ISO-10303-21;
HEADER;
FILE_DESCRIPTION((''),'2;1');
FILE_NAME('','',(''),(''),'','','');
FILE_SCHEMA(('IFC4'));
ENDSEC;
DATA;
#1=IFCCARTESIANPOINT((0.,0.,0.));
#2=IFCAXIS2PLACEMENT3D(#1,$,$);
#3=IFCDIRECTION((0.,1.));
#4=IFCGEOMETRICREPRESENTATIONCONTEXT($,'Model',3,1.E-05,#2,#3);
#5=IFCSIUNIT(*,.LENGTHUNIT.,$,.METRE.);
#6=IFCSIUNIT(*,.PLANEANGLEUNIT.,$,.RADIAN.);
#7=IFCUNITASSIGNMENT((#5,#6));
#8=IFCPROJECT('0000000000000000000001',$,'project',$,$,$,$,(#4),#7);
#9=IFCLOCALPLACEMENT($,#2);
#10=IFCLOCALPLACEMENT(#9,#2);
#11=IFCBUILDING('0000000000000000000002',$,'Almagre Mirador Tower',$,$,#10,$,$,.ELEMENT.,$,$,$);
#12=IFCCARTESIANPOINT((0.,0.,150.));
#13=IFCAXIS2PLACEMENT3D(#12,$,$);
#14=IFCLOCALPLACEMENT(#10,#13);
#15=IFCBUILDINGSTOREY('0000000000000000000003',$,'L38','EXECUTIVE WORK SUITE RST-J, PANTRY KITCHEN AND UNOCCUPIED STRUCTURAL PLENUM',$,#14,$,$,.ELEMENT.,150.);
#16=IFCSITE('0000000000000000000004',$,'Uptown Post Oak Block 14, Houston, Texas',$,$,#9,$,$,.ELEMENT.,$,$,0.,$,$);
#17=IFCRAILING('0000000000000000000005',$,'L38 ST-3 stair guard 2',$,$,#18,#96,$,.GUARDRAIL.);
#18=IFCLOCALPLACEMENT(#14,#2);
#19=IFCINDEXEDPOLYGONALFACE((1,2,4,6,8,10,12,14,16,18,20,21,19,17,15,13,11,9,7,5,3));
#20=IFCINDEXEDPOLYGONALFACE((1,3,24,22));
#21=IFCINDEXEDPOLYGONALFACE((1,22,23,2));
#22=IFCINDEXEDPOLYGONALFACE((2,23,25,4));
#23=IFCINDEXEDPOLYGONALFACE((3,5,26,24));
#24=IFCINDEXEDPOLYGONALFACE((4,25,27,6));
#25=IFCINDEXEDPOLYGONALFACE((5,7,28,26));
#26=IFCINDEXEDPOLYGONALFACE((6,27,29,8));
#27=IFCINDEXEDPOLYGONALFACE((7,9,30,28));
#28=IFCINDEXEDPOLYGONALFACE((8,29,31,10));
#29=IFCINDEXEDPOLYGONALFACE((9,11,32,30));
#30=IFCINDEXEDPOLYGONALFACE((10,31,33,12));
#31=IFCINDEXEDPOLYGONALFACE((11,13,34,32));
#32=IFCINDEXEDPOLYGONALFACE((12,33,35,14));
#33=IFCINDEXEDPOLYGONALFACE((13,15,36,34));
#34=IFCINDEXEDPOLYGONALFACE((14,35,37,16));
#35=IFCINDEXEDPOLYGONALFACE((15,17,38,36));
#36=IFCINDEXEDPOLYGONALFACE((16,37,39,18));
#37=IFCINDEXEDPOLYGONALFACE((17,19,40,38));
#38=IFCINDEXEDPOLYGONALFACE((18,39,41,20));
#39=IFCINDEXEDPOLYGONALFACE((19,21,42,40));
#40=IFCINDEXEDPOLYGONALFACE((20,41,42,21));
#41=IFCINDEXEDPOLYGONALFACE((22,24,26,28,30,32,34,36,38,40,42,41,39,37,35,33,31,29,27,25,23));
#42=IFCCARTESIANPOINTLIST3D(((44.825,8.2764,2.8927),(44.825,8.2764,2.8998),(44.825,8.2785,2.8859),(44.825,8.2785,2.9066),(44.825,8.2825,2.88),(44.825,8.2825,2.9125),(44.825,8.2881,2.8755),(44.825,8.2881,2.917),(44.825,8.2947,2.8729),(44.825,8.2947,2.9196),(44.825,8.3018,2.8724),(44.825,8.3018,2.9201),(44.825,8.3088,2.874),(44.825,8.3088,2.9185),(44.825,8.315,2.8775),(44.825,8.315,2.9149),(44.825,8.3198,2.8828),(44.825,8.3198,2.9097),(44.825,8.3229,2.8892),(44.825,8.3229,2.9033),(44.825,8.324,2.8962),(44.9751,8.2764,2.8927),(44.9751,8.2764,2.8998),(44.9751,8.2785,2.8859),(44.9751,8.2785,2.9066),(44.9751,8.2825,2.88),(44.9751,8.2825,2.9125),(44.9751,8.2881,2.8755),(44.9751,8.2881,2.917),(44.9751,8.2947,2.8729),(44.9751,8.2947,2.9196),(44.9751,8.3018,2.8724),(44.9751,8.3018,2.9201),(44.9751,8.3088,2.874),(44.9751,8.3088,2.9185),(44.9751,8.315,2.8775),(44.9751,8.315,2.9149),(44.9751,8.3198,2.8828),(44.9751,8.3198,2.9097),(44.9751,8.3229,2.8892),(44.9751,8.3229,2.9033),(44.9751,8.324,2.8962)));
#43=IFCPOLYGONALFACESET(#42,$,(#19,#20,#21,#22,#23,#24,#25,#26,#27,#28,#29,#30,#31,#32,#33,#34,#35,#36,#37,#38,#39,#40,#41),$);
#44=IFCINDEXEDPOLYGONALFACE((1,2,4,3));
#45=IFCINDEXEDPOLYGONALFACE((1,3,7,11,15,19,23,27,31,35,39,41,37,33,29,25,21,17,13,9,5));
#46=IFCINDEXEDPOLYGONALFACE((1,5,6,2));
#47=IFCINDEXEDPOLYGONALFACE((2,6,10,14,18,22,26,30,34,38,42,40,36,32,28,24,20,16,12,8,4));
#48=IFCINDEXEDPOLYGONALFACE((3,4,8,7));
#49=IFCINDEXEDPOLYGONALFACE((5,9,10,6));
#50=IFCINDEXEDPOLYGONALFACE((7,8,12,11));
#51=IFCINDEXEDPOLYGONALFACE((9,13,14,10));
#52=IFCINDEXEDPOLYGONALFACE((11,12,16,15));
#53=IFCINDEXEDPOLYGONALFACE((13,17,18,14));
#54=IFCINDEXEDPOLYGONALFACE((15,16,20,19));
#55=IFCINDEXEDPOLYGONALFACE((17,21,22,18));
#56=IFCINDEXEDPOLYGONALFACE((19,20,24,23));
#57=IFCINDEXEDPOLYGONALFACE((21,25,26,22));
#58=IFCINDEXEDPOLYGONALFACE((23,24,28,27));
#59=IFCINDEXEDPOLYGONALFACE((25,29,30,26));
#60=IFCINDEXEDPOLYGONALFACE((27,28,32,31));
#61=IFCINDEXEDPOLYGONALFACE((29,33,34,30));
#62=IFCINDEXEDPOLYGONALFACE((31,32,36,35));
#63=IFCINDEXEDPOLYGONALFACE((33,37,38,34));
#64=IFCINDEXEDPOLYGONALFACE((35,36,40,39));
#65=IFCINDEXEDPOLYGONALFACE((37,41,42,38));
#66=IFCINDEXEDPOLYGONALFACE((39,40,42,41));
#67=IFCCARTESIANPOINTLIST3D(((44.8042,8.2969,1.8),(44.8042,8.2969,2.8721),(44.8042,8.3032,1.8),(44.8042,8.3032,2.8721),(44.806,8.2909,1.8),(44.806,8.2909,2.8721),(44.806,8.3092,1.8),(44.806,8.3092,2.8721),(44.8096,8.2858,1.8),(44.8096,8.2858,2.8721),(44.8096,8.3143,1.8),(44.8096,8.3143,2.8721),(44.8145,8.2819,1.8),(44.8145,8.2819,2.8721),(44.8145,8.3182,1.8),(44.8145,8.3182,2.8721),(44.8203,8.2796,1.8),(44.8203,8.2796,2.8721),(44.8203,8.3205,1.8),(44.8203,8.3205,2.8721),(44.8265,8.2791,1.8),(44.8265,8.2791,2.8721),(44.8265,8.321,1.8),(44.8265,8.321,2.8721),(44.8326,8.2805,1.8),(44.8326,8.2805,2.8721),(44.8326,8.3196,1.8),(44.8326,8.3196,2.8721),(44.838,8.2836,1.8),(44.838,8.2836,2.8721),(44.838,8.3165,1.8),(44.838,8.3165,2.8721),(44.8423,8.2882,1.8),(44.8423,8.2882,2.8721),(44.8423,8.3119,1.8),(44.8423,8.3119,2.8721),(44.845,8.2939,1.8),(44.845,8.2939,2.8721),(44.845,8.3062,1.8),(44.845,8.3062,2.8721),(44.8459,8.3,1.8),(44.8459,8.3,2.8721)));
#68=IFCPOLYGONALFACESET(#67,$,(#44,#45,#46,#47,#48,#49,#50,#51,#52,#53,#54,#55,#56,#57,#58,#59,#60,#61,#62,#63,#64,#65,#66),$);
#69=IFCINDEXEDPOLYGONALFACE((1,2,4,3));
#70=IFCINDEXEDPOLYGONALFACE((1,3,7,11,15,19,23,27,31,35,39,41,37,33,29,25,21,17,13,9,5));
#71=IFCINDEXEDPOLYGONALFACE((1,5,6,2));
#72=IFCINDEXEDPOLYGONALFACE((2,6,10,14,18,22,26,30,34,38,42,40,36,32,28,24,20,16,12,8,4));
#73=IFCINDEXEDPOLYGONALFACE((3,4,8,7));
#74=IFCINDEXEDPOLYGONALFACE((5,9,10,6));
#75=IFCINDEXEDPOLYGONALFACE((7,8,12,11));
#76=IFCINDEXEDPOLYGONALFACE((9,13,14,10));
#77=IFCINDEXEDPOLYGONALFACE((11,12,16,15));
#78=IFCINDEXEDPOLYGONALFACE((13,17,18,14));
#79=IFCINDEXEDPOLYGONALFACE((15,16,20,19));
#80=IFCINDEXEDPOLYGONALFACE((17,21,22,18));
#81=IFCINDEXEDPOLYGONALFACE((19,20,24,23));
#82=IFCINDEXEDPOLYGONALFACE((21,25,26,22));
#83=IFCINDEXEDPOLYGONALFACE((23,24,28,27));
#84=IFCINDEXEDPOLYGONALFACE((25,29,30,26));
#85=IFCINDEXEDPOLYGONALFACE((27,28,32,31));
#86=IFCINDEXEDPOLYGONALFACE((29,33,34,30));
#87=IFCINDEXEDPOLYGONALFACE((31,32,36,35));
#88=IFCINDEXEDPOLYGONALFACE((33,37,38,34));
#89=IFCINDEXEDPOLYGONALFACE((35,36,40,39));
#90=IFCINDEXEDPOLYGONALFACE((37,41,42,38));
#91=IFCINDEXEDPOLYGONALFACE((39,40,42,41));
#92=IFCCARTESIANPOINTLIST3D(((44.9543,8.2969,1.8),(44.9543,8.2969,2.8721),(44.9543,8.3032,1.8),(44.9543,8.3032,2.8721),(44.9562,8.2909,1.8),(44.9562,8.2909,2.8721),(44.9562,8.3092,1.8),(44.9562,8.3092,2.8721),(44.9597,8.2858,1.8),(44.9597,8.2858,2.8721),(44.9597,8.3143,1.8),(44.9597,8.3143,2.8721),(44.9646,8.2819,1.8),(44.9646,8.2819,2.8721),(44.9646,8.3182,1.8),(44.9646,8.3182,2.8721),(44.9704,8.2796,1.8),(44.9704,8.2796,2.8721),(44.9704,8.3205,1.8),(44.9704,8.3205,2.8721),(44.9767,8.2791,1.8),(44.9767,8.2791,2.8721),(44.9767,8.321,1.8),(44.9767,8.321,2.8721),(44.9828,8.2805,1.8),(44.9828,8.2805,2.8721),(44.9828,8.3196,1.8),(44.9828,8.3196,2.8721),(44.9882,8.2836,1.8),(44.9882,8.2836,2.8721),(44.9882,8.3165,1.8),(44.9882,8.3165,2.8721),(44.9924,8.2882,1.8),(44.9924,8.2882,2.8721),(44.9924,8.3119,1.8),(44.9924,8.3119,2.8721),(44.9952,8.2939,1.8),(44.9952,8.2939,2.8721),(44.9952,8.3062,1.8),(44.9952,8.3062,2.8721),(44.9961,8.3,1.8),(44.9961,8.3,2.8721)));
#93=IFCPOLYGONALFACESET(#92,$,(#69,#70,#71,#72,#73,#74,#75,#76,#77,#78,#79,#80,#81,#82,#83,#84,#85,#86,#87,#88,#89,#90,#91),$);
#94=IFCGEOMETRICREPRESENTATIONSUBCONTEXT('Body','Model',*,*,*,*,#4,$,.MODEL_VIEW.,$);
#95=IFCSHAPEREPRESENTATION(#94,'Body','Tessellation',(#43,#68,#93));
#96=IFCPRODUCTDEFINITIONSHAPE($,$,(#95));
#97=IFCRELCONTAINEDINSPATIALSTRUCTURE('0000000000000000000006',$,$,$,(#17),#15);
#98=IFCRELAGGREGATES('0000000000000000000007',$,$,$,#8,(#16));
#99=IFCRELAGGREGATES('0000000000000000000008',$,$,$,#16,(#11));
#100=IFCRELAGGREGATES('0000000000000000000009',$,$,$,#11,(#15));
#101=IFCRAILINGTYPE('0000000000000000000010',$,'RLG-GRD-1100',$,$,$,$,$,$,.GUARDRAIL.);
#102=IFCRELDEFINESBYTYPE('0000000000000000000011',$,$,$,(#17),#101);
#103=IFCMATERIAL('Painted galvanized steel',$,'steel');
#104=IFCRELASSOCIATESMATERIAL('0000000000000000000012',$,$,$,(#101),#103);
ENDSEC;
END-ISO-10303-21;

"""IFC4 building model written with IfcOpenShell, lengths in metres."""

from ifc_helpers import new_model, si_unit, direction, frame, origin, origin_2d, place, context, subcontext, project, spatial, circle, extrude, material, type_object, element, save


model = new_model("IFC4")

# Units and contexts
model_context = context("Model", 3, precision=1e-05, world=origin(), true_north=direction((0.0, 1.0)))
body_context = subcontext(model_context, "Body", "Model", "MODEL_VIEW")
ifc_project = project(units=[si_unit("LENGTHUNIT", "METRE"), si_unit("PLANEANGLEUNIT", "RADIAN")], contexts=[model_context])

# Site, building, storey
site_placement = place(None, origin())
site = spatial("IfcSite", under=ifc_project, at=site_placement, Name="Uptown Post Oak Block 14, Houston, Texas", CompositionType="ELEMENT", RefElevation=0.0)
building_placement = place(site_placement, origin())
building = spatial("IfcBuilding", under=site, at=building_placement, Name="Almagre Mirador Tower", CompositionType="ELEMENT")
storey_placement = place(building_placement, frame((0.0, 0.0, 150.0)))
storey = spatial("IfcBuildingStorey", under=building, at=storey_placement, Name="L38", Description="EXECUTIVE WORK SUITE RST-J, PANTRY KITCHEN AND UNOCCUPIED STRUCTURAL PLENUM", CompositionType="ELEMENT", Elevation=150.0)

# Railing
ifc_material_1 = material(Name="Painted galvanized steel", Category="steel")
railing_type_1 = type_object("IfcRailingType", Name="RLG-GRD-1100", PredefinedType="GUARDRAIL", material=ifc_material_1)
railing_1_placement = place(storey_placement, frame((44.825, 8.3, 1.8)))
element("IfcRailing", 1, at=railing_1_placement, inside=storey, type_object=railing_type_1, Name="L38 ST-3 stair guard 2", PredefinedType="GUARDRAIL", context=body_context, shape_type="SweptSolid", body=[
    extrude(circle(Radius=0.0239, at=origin_2d()), frame((0.0, 0.0, 1.0962), z_axis=(1.0, 0.0, 0.0), x_axis=(0.0, 1.0, 0.0)), (0.0, 0.0, 1.0), 0.1501),
    extrude(circle(Radius=0.021, at=origin_2d()), origin(), (0.0, 0.0, 1.0), 1.072),
    extrude(circle(Radius=0.021, at=origin_2d()), frame((0.1501, 0.0, 0.0)), (0.0, 0.0, 1.0), 1.072),
])

save(model, "model.ifc")
